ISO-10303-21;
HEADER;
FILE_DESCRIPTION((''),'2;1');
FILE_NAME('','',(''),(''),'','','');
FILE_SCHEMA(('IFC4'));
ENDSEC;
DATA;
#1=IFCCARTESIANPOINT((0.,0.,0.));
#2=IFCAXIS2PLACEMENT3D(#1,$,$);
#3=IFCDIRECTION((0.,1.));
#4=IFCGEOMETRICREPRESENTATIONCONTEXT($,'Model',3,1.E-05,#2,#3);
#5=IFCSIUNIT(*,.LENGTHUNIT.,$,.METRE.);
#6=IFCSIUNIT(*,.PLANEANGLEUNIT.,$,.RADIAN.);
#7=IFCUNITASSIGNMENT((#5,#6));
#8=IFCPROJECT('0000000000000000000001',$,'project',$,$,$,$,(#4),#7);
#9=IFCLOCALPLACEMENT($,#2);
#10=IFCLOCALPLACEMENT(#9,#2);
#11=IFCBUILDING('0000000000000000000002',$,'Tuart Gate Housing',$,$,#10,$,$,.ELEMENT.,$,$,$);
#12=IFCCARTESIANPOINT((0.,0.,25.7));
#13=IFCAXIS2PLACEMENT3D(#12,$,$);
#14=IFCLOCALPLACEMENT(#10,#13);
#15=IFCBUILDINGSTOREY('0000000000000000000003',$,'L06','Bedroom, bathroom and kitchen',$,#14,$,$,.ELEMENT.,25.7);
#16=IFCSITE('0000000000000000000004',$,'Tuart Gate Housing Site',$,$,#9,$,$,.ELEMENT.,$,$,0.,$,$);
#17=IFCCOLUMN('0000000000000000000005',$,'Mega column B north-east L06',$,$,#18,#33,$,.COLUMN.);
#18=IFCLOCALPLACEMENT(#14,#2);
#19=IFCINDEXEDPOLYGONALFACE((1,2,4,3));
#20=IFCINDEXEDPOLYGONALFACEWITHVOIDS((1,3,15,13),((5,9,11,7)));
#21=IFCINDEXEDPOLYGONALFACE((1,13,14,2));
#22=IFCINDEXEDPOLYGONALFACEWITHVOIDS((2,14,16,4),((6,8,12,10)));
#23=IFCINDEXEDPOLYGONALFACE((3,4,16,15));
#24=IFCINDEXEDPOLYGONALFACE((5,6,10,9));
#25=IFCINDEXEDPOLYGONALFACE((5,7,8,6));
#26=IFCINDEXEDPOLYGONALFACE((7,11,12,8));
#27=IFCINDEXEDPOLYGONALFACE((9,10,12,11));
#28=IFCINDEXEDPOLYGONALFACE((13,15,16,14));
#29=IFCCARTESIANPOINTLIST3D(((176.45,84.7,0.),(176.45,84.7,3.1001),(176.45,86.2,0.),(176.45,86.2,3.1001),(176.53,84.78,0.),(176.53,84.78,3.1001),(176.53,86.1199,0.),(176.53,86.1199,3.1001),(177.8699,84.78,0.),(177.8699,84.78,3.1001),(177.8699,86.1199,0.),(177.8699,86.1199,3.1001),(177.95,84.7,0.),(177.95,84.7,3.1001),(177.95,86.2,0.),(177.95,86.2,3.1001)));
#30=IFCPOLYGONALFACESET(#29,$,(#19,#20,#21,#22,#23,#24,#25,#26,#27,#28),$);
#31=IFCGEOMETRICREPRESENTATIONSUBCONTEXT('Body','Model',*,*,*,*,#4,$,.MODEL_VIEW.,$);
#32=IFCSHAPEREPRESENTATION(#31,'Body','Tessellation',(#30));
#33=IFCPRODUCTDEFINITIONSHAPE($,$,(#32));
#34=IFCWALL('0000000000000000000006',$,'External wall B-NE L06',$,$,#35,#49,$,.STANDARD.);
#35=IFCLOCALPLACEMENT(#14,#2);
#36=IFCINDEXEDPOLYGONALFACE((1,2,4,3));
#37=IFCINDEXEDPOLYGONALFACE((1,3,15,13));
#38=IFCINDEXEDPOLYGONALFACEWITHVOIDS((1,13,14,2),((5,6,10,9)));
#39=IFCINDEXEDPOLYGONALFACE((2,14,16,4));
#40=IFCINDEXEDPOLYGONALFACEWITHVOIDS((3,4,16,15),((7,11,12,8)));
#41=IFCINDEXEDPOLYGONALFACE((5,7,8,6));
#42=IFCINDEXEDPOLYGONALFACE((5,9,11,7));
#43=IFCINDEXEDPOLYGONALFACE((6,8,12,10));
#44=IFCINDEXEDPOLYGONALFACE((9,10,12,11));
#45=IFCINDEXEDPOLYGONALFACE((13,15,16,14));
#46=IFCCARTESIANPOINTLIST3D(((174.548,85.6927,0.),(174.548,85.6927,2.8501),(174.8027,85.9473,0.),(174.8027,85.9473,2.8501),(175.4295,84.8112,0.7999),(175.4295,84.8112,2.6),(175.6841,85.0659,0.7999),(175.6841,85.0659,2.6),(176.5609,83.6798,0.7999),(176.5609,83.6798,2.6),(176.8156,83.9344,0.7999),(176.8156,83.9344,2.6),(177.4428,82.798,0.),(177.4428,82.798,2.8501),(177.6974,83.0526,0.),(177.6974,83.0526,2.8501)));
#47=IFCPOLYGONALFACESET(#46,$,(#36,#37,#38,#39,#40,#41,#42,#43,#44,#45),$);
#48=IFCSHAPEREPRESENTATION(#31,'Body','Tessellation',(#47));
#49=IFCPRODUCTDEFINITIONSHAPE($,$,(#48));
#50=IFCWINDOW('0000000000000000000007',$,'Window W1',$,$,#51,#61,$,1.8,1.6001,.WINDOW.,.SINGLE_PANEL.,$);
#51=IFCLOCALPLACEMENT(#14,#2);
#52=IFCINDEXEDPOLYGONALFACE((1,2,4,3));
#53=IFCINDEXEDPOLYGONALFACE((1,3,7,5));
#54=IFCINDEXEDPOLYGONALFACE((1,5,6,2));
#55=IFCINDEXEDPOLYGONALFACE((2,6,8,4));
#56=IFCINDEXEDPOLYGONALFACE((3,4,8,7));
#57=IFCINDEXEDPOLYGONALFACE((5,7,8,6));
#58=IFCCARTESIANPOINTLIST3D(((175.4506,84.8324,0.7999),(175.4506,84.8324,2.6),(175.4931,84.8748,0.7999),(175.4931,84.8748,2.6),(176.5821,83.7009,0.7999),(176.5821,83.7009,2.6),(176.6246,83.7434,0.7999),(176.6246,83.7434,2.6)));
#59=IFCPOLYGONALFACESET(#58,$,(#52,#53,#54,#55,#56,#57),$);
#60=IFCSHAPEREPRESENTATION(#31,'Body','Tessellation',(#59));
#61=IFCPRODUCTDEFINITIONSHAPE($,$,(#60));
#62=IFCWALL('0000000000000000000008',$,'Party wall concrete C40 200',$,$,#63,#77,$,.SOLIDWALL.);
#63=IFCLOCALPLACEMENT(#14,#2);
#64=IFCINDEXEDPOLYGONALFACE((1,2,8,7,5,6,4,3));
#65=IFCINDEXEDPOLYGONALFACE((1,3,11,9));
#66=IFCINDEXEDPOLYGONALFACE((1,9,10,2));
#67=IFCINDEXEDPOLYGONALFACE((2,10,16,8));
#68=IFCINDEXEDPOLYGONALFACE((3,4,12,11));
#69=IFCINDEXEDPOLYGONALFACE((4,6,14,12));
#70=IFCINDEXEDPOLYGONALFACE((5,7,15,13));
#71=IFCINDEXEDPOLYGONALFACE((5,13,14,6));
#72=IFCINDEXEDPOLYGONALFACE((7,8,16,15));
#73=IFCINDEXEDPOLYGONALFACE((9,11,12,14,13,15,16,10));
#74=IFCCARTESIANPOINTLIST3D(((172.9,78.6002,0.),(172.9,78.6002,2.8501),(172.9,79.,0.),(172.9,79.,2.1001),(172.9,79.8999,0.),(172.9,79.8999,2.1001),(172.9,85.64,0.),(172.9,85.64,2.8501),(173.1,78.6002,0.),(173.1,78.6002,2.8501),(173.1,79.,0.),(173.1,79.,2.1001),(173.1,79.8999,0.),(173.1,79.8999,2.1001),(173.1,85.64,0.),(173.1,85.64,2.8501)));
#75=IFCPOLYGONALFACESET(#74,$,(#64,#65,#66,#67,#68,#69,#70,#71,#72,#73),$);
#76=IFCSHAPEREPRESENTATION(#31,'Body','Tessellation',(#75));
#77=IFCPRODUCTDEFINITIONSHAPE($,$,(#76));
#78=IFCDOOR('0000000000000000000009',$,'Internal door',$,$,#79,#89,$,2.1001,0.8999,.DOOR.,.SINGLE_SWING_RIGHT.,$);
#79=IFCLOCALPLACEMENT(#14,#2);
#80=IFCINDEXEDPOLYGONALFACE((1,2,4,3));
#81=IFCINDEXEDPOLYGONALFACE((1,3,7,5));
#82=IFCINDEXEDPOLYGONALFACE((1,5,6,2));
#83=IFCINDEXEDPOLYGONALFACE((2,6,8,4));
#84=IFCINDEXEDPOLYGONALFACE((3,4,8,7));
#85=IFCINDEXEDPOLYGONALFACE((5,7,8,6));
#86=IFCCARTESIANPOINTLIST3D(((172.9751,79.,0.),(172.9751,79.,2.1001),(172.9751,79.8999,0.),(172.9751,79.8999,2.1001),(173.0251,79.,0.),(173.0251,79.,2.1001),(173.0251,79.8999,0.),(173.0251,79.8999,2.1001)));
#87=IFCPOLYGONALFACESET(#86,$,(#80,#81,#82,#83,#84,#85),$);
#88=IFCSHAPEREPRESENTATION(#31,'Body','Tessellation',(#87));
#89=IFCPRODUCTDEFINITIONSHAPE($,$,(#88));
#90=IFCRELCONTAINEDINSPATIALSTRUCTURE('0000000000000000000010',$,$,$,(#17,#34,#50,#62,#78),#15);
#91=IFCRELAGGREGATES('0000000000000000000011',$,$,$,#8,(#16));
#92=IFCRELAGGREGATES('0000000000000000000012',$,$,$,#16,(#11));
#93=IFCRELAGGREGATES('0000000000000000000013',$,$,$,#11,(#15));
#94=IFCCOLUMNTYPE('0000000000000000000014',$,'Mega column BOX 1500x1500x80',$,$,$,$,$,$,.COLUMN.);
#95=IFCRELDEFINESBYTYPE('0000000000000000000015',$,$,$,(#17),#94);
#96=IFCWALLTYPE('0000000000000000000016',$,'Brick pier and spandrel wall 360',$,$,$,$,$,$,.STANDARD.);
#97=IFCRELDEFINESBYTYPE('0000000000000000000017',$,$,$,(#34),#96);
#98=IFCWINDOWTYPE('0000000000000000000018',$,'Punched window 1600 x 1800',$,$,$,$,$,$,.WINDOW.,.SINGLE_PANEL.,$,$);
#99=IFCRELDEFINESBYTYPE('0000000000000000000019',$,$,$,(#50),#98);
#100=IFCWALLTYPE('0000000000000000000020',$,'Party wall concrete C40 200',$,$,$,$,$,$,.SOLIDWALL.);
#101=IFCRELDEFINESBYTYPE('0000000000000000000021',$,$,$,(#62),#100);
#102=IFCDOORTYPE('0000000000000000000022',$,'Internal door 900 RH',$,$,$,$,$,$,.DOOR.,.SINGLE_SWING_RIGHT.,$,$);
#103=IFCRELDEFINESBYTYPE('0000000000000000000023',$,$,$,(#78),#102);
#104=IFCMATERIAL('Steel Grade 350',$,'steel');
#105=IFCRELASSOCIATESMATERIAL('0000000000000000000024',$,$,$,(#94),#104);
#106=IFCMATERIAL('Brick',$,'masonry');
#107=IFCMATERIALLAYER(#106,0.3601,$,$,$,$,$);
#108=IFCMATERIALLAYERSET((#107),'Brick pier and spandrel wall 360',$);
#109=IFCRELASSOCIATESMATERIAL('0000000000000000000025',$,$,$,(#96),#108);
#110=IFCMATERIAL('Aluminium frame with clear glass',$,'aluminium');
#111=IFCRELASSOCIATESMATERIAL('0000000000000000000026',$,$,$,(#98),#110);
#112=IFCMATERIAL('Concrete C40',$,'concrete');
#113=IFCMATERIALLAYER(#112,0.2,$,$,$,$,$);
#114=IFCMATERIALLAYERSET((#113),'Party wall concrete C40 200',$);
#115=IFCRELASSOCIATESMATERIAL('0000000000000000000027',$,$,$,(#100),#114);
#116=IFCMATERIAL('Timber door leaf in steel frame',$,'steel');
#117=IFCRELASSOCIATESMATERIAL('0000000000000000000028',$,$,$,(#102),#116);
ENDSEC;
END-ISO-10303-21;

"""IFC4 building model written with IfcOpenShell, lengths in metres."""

from ifc_helpers import new_model, si_unit, direction, frame, frame_2d, origin, origin_2d, place, context, subcontext, project, spatial, rectangle, hollow_rectangle, extrude, material, layer, layer_set, material_profile, profile_set, type_object, element, fill, save


model = new_model("IFC4")

# Units and contexts
model_context = context("Model", 3, precision=1e-05, world=origin(), true_north=direction((0.0, 1.0)))
body_context = subcontext(model_context, "Body", "Model", "MODEL_VIEW")
ifc_project = project(units=[si_unit("LENGTHUNIT", "METRE"), si_unit("PLANEANGLEUNIT", "RADIAN")], contexts=[model_context])

# Site, building, storey
site_placement = place(None, origin())
site = spatial("IfcSite", under=ifc_project, at=site_placement, Name="Tuart Gate Housing Site", CompositionType="ELEMENT", RefElevation=0.0)
building_placement = place(site_placement, origin())
building = spatial("IfcBuilding", under=site, at=building_placement, Name="Tuart Gate Housing", CompositionType="ELEMENT")
storey_placement = place(building_placement, frame((0.0, 0.0, 25.7)))
storey = spatial("IfcBuildingStorey", under=building, at=storey_placement, Name="L06", Description="Bedroom, bathroom and kitchen", CompositionType="ELEMENT", Elevation=25.7)

# Column
ifc_material_1 = material(Name="Steel Grade 350", Category="steel")
ifc_material_profile = material_profile(ifc_material_1, hollow_rectangle(XDim=1.5, YDim=1.5, WallThickness=0.0801, at=origin_2d()), Name="BOX 1500x1500x80")
ifc_profile_set = profile_set([ifc_material_profile], Name="Steel Grade 350")
column_type = type_object("IfcColumnType", Name="Mega column BOX 1500x1500x80", PredefinedType="COLUMN", material=ifc_profile_set)
column_placement = place(storey_placement, frame((177.2, 85.45, 0.0), z_axis=(0.0, 0.0, 1.0), x_axis=(1.0, 0.0, 0.0)))
element("IfcColumn", 1, at=column_placement, inside=storey, type_object=column_type, Name="Mega column B north-east L06", PredefinedType="COLUMN", context=body_context, shape_type="SweptSolid", body=[
    extrude(hollow_rectangle(XDim=1.5, YDim=1.5, WallThickness=0.0801, at=origin_2d()), origin(), (0.0, 0.0, 1.0), 3.1001),
])

# Wall, opening, window
ifc_material_2 = material(Name="Brick", Category="masonry")
ifc_layer_1 = layer(ifc_material_2, 0.3601)
ifc_layer_set_1 = layer_set([ifc_layer_1], Name="Brick pier and spandrel wall 360")
wall_type_1 = type_object("IfcWallType", Name="Brick pier and spandrel wall 360", PredefinedType="STANDARD", material=ifc_layer_set_1)
wall_1_placement = place(storey_placement, frame((177.5701, 82.9253, 0.0), z_axis=(0.0, 0.0, 1.0), x_axis=(-0.707107, 0.707107, 0.0)))
wall_1 = element("IfcWall", 2, at=wall_1_placement, inside=storey, type_object=wall_type_1, Name="External wall B-NE L06", PredefinedType="STANDARD", context=body_context, shape_type="SweptSolid", body=[
    extrude(rectangle(XDim=4.0938, YDim=0.3601, at=frame_2d((2.0469, 0.0))), origin(), (0.0, 0.0, 1.0), 2.8501),
])
opening_1_placement = place(wall_1_placement, frame((1.2471, 0.0, 0.8)))
opening_1 = element("IfcOpeningElement", 3, at=opening_1_placement, cuts=wall_1, PredefinedType="OPENING", context=body_context, shape_type="SweptSolid", body=[
    extrude(rectangle(XDim=1.6001, YDim=1.8, at=frame_2d((0.8, 0.8999))), frame((0.0, 0.1899, 0.0), z_axis=(0.0, -1.0, 0.0), x_axis=(1.0, 0.0, 0.0)), (0.0, 0.0, 1.0), 0.3801),
])
ifc_material_3 = material(Name="Aluminium frame with clear glass", Category="aluminium")
window_type_1 = type_object("IfcWindowType", Name="Punched window 1600 x 1800", PartitioningType="SINGLE_PANEL", PredefinedType="WINDOW", material=ifc_material_3)
window_1_placement = place(opening_1_placement, origin())
window_1 = element("IfcWindow", 4, at=window_1_placement, inside=storey, type_object=window_type_1, Name="Window W1", OverallHeight=1.8, OverallWidth=1.6001, PartitioningType="SINGLE_PANEL", PredefinedType="WINDOW", context=body_context, shape_type="SweptSolid", body=[
    extrude(rectangle(XDim=1.6001, YDim=1.8, at=frame_2d((0.8, 0.8999))), frame((0.0, 0.1501, 0.0), z_axis=(0.0, -1.0, 0.0), x_axis=(1.0, 0.0, 0.0)), (0.0, 0.0, 1.0), 0.0601),
])
fill(opening_1, window_1)

# Wall, opening, door
ifc_material_4 = material(Name="Concrete C40", Category="concrete")
ifc_layer_2 = layer(ifc_material_4, 0.2)
ifc_layer_set_2 = layer_set([ifc_layer_2], Name="Party wall concrete C40 200")
wall_type_2 = type_object("IfcWallType", Name="Party wall concrete C40 200", PredefinedType="SOLIDWALL", material=ifc_layer_set_2)
wall_2_placement = place(storey_placement, frame((173.0, 78.6001, 0.0), z_axis=(0.0, 0.0, 1.0), x_axis=(0.0, 1.0, 0.0)))
wall_2 = element("IfcWall", 5, at=wall_2_placement, inside=storey, type_object=wall_type_2, Name="Party wall concrete C40 200", PredefinedType="SOLIDWALL", context=body_context, shape_type="SweptSolid", body=[
    extrude(rectangle(XDim=7.0398, YDim=0.2, at=frame_2d((3.52, 0.0))), origin(), (0.0, 0.0, 1.0), 2.8501),
])
opening_2_placement = place(wall_2_placement, frame((0.3999, 0.0, 0.0)))
opening_2 = element("IfcOpeningElement", 6, at=opening_2_placement, cuts=wall_2, PredefinedType="OPENING", context=body_context, shape_type="SweptSolid", body=[
    extrude(rectangle(XDim=0.8999, YDim=2.1001, at=frame_2d((0.45, 1.05))), frame((0.0, 0.1099, 0.0), z_axis=(0.0, -1.0, 0.0), x_axis=(1.0, 0.0, 0.0)), (0.0, 0.0, 1.0), 0.22),
])
ifc_material_5 = material(Name="Timber door leaf in steel frame", Category="steel")
door_type = type_object("IfcDoorType", Name="Internal door 900 RH", OperationType="SINGLE_SWING_RIGHT", PredefinedType="DOOR", material=ifc_material_5)
door_placement = place(opening_2_placement, frame((0.8999, 0.0, 0.0), z_axis=(0.0, 0.0, 1.0), x_axis=(-1.0, 0.0, 0.0)))
door = element("IfcDoor", 7, at=door_placement, inside=storey, type_object=door_type, Name="Internal door", OperationType="SINGLE_SWING_RIGHT", OverallHeight=2.1001, OverallWidth=0.8999, PredefinedType="DOOR", context=body_context, shape_type="SweptSolid", body=[
    extrude(rectangle(XDim=0.8999, YDim=2.1001, at=frame_2d((0.45, 1.05))), frame((0.0, 0.0251, 0.0), z_axis=(0.0, -1.0, 0.0), x_axis=(1.0, 0.0, 0.0)), (0.0, 0.0, 1.0), 0.05),
])
fill(opening_2, door)

save(model, "model.ifc")
